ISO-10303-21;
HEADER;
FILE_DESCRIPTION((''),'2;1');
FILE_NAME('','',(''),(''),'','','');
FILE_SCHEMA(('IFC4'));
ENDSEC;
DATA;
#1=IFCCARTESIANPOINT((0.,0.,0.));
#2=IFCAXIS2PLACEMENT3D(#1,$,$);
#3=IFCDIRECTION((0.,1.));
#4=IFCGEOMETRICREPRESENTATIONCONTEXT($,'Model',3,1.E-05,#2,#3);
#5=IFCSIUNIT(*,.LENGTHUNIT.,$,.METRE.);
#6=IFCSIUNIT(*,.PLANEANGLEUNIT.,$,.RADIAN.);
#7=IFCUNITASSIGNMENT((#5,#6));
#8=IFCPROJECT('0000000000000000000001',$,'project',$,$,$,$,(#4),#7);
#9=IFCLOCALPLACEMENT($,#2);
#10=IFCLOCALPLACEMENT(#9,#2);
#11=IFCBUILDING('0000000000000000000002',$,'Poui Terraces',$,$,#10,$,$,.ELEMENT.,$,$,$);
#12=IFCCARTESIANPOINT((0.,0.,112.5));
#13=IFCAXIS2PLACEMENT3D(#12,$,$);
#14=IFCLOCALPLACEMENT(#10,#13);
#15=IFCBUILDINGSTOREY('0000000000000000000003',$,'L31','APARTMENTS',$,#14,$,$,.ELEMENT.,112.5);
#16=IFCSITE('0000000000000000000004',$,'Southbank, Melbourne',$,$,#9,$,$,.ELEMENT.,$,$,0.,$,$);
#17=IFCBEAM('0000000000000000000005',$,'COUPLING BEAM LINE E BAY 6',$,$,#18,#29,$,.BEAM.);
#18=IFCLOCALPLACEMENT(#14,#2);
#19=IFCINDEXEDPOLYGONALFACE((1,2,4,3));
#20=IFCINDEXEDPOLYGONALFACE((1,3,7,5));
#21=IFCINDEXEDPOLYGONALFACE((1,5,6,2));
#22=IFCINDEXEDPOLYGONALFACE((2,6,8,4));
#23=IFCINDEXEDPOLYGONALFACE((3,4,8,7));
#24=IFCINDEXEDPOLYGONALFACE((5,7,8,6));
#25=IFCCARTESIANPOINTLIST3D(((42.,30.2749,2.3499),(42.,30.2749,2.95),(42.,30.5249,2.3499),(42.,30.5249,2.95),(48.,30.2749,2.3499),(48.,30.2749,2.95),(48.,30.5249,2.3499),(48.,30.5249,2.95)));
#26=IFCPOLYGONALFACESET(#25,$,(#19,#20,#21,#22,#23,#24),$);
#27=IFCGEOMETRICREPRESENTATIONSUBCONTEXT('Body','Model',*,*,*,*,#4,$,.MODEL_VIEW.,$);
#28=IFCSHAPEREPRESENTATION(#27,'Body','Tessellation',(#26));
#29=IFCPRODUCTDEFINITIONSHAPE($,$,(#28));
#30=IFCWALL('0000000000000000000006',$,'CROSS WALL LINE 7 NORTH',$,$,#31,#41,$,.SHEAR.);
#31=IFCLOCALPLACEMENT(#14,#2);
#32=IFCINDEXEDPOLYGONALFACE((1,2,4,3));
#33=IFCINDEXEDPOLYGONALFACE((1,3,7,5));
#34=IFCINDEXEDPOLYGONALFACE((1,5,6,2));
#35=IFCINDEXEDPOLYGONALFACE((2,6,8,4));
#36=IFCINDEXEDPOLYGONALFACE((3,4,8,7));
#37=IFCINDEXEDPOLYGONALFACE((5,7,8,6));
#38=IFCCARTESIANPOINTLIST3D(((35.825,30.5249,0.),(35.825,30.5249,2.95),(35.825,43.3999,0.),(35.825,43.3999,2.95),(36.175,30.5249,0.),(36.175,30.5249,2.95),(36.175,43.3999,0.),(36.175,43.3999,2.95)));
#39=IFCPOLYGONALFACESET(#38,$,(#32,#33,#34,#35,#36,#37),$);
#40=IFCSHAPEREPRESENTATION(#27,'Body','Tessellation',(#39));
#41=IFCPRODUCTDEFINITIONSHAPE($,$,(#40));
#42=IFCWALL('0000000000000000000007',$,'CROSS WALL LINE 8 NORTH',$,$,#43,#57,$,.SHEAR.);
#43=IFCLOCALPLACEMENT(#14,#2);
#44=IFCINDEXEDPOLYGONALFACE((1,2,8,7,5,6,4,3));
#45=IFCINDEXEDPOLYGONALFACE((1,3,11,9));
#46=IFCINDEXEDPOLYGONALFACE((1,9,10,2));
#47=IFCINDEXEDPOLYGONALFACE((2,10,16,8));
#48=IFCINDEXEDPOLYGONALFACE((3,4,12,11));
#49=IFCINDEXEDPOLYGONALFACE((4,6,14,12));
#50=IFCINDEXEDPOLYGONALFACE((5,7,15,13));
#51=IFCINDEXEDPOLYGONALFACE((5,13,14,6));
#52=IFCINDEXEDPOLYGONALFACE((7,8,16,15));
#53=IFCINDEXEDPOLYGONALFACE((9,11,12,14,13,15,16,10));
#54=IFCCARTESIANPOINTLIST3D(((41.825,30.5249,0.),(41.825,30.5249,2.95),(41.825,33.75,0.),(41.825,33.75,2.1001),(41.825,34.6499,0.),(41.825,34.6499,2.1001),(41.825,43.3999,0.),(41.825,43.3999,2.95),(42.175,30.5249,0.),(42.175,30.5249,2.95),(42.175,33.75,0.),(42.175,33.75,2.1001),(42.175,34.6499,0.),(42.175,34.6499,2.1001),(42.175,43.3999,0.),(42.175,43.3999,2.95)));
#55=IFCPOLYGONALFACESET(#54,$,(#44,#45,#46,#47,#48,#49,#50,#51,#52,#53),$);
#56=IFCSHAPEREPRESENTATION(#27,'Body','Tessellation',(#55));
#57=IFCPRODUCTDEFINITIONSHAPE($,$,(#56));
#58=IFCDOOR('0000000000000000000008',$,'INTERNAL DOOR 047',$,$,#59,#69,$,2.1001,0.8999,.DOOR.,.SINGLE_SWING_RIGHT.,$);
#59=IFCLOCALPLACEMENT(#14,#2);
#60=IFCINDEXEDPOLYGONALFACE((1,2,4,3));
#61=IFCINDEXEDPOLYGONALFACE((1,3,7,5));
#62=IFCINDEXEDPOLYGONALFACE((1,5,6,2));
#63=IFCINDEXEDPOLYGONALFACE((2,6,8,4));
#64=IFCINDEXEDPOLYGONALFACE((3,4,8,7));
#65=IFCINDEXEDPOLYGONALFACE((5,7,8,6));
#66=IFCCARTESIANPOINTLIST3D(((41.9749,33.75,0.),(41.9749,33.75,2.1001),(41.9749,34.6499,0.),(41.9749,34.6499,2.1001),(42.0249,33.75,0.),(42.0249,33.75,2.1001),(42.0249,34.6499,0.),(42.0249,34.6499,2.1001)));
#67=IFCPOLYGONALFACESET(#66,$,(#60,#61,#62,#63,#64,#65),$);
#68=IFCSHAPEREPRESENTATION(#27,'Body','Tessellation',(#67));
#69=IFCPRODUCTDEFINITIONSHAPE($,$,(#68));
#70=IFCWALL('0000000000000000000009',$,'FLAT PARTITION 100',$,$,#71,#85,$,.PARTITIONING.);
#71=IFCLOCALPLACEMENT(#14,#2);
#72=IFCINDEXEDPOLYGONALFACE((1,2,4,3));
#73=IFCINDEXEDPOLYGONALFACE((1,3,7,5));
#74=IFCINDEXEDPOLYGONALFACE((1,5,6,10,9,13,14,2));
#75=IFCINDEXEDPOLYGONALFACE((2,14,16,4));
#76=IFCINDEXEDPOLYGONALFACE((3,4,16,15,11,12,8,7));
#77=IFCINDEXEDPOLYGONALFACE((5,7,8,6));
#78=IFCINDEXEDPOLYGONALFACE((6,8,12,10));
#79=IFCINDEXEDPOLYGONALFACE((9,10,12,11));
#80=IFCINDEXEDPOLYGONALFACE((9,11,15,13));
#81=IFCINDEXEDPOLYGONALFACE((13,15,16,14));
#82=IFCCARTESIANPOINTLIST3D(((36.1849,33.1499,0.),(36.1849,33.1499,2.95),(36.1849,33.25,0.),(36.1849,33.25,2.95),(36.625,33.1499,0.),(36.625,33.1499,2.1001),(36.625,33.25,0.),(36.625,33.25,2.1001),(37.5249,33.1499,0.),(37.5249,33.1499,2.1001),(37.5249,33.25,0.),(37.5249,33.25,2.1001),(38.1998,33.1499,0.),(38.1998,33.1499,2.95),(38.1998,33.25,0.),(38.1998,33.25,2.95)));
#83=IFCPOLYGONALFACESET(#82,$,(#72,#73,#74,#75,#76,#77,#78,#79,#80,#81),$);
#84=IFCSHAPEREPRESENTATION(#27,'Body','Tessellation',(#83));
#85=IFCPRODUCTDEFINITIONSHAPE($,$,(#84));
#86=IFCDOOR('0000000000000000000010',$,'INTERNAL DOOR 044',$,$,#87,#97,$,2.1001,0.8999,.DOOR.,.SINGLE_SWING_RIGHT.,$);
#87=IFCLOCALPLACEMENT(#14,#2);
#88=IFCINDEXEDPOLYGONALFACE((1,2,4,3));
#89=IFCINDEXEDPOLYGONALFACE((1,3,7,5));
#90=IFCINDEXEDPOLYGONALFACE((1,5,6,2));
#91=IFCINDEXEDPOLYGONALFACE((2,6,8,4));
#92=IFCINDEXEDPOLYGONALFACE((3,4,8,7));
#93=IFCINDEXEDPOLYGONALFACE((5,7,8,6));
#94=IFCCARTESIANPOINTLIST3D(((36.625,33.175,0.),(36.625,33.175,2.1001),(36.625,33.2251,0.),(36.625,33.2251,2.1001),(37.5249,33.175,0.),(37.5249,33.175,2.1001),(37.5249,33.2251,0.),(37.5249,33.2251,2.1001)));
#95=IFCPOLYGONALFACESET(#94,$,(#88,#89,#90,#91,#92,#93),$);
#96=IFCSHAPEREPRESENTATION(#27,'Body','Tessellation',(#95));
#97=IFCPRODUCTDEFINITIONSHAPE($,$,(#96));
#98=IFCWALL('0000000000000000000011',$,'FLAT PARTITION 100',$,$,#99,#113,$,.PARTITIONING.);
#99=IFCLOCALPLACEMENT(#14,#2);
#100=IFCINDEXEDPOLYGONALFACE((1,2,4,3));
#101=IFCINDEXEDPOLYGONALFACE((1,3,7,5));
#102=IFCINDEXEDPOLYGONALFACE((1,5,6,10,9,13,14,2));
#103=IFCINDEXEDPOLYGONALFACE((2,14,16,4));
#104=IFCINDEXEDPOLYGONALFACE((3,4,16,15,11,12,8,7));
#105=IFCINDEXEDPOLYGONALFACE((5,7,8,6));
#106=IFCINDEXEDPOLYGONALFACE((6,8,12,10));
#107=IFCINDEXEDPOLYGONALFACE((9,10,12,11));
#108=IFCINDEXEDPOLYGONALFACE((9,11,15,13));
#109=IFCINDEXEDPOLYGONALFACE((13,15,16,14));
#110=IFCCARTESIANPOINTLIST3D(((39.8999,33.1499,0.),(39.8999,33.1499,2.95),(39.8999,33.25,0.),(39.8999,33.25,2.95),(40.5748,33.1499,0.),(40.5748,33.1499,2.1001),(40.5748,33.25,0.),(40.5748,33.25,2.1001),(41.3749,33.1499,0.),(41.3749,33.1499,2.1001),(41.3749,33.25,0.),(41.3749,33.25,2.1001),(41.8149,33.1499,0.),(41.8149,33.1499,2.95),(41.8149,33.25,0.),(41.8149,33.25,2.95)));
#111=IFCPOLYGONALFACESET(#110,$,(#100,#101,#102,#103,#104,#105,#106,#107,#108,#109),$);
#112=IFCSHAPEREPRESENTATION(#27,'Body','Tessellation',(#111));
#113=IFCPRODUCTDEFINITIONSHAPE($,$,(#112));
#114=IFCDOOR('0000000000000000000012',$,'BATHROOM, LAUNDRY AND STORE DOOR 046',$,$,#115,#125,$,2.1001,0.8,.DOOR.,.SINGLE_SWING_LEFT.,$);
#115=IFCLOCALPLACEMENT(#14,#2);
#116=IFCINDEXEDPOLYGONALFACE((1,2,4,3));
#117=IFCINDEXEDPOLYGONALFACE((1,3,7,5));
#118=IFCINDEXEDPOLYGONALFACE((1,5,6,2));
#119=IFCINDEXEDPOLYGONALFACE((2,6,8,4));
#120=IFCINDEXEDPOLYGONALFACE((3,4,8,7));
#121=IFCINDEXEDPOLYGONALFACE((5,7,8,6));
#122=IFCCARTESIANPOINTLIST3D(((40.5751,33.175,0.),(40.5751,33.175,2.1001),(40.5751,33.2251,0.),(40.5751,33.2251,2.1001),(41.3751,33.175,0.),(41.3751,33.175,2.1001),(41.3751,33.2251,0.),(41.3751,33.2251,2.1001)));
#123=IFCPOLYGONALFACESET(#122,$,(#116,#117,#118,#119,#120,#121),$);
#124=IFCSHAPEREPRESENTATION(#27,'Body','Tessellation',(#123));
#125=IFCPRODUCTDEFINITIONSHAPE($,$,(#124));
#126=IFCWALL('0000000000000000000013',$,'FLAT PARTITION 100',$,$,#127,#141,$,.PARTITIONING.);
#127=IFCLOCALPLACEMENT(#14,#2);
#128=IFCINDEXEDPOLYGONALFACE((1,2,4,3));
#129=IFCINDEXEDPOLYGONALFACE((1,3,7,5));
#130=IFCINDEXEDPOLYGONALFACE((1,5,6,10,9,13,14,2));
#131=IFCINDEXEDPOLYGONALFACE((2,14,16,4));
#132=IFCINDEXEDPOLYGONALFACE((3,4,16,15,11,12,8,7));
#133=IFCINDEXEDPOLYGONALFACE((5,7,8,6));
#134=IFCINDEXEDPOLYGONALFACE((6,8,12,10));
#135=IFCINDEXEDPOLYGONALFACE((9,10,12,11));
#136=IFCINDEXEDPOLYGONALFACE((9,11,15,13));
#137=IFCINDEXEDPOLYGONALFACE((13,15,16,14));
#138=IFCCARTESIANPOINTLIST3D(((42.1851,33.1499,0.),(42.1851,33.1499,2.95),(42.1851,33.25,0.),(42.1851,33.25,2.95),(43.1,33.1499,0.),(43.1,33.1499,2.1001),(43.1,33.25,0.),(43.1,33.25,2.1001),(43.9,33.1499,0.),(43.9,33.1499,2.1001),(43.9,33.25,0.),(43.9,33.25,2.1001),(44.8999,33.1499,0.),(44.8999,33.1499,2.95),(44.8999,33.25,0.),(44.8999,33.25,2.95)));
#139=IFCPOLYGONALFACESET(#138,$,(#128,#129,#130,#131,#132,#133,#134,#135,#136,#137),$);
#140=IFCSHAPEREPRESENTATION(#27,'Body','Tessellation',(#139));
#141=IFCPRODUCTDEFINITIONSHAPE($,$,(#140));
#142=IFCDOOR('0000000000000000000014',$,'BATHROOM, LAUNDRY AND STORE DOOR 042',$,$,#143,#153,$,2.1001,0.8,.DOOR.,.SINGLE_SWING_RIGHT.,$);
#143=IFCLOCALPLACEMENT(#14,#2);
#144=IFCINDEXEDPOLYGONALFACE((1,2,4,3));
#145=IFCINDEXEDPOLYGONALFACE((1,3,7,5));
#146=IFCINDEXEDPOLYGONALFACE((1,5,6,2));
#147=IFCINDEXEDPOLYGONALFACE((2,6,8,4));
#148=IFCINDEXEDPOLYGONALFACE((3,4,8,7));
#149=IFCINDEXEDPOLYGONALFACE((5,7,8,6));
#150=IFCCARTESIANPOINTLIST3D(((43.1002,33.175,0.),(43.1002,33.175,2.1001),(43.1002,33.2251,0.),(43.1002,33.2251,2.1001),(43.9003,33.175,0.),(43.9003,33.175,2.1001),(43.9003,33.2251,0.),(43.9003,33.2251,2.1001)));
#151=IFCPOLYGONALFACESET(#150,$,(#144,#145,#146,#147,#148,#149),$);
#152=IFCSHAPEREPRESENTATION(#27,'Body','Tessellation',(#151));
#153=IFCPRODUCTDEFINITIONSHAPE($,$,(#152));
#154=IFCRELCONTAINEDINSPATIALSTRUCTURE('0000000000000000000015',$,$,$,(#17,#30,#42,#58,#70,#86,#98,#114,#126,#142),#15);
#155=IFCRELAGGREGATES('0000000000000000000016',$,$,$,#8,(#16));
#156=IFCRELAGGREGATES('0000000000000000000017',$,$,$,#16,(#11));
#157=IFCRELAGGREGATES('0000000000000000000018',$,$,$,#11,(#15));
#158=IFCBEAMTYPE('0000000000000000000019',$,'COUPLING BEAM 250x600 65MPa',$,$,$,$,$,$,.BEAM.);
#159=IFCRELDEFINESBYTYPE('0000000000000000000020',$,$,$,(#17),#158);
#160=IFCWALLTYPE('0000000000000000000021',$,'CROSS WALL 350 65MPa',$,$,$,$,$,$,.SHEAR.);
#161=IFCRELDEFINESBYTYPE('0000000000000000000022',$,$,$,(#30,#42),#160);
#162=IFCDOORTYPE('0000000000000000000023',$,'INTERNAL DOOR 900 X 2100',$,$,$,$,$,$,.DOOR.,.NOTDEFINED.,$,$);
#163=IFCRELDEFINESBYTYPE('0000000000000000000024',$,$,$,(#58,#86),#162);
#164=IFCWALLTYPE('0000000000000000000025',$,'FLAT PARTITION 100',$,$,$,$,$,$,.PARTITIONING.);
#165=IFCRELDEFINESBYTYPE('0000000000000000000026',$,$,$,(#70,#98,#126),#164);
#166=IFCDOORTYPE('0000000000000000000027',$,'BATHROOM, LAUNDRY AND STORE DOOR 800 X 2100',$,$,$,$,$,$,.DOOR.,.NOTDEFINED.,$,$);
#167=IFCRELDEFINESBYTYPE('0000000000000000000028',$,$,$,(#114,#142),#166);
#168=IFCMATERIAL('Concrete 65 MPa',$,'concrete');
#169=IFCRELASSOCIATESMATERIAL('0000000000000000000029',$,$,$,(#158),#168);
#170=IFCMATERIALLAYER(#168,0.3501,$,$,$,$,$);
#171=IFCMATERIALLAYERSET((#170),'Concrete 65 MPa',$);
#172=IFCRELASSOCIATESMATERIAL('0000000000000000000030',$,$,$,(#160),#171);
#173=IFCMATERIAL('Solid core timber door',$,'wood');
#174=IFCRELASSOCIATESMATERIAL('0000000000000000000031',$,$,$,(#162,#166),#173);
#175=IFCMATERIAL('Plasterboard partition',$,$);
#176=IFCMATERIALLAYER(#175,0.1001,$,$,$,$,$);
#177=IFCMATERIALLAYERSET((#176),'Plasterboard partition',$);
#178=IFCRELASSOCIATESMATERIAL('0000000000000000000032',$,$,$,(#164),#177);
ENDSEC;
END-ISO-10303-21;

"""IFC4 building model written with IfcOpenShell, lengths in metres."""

from ifc_helpers import new_model, si_unit, direction, frame, frame_2d, origin, origin_2d, place, context, subcontext, project, spatial, rectangle, extrude, source, transform, mapped, material, layer, layer_set, material_profile, profile_set, type_object, element, fill, save


model = new_model("IFC4")

# Units and contexts
model_context = context("Model", 3, precision=1e-05, world=origin(), true_north=direction((0.0, 1.0)))
body_context = subcontext(model_context, "Body", "Model", "MODEL_VIEW")
ifc_project = project(units=[si_unit("LENGTHUNIT", "METRE"), si_unit("PLANEANGLEUNIT", "RADIAN")], contexts=[model_context])

# Site, building, storey
site_placement = place(None, origin())
site = spatial("IfcSite", under=ifc_project, at=site_placement, Name="Southbank, Melbourne", CompositionType="ELEMENT", RefElevation=0.0)
building_placement = place(site_placement, origin())
building = spatial("IfcBuilding", under=site, at=building_placement, Name="Poui Terraces", CompositionType="ELEMENT")
storey_placement = place(building_placement, frame((0.0, 0.0, 112.5)))
storey = spatial("IfcBuildingStorey", under=building, at=storey_placement, Name="L31", Description="APARTMENTS", CompositionType="ELEMENT", Elevation=112.5)

# Beam
ifc_material_1 = material(Name="Concrete 65 MPa", Category="concrete")
ifc_material_profile_1 = material_profile(ifc_material_1, rectangle(XDim=0.25, YDim=0.6001, at=origin_2d()), Name="RC 250x600")
ifc_profile_set_1 = profile_set([ifc_material_profile_1], Name="Concrete 65 MPa")
beam_type = type_object("IfcBeamType", Name="COUPLING BEAM 250x600 65MPa", PredefinedType="BEAM", material=ifc_profile_set_1)
shared_shape_1 = source(origin(), body_context, "Body", "SweptSolid", [
    extrude(rectangle(XDim=0.25, YDim=0.6001, at=origin_2d()), origin(), (0.0, 0.0, 1.0), 6.0),
])
beam_placement = place(storey_placement, frame((42.0, 30.3999, 2.6499), z_axis=(1.0, 0.0, 0.0), x_axis=(0.0, 1.0, 0.0)))
element("IfcBeam", 1, at=beam_placement, inside=storey, type_object=beam_type, Name="COUPLING BEAM LINE E BAY 6", PredefinedType="BEAM", context=body_context, shape_type="MappedRepresentation", body=[
    mapped(shared_shape_1, transform((0.0, 0.0, 0.0))),
])

# Wall
ifc_layer_1 = layer(ifc_material_1, 0.3501)
ifc_layer_set_1 = layer_set([ifc_layer_1], Name="Concrete 65 MPa")
wall_type_1 = type_object("IfcWallType", Name="CROSS WALL 350 65MPa", PredefinedType="SHEAR", material=ifc_layer_set_1)
wall_1_placement = place(storey_placement, frame((36.0, 30.5249, 0.0), z_axis=(0.0, 0.0, 1.0), x_axis=(0.0, 1.0, 0.0)))
element("IfcWall", 2, at=wall_1_placement, inside=storey, type_object=wall_type_1, Name="CROSS WALL LINE 7 NORTH", PredefinedType="SHEAR", context=body_context, shape_type="SweptSolid", body=[
    extrude(rectangle(XDim=12.875, YDim=0.3501, at=frame_2d((6.4375, 0.0))), origin(), (0.0, 0.0, 1.0), 2.95),
])

# Walls, openings, doors
wall_2_placement = place(storey_placement, frame((42.0, 30.5249, 0.0), z_axis=(0.0, 0.0, 1.0), x_axis=(0.0, 1.0, 0.0)))
wall_2 = element("IfcWall", 3, at=wall_2_placement, inside=storey, type_object=wall_type_1, Name="CROSS WALL LINE 8 NORTH", PredefinedType="SHEAR", context=body_context, shape_type="SweptSolid", body=[
    extrude(rectangle(XDim=12.875, YDim=0.3501, at=frame_2d((6.4375, 0.0))), origin(), (0.0, 0.0, 1.0), 2.95),
])
opening_1_placement = place(wall_2_placement, frame((3.2251, 0.0, 0.0)))
opening_1 = element("IfcOpeningElement", 4, at=opening_1_placement, cuts=wall_2, PredefinedType="OPENING", context=body_context, shape_type="SweptSolid", body=[
    extrude(rectangle(XDim=0.8999, YDim=2.1001, at=frame_2d((0.45, 1.05))), frame((0.0, 0.1851, 0.0), z_axis=(0.0, -1.0, 0.0), x_axis=(1.0, 0.0, 0.0)), (0.0, 0.0, 1.0), 0.3701),
])
ifc_material_2 = material(Name="Solid core timber door", Category="wood")
door_type_1 = type_object("IfcDoorType", Name="INTERNAL DOOR 900 X 2100", OperationType="NOTDEFINED", PredefinedType="DOOR", material=ifc_material_2)
door_1_placement = place(opening_1_placement, frame((0.8999, 0.0, 0.0), z_axis=(0.0, 0.0, 1.0), x_axis=(-1.0, 0.0, 0.0)))
door_1 = element("IfcDoor", 5, at=door_1_placement, inside=storey, type_object=door_type_1, Name="INTERNAL DOOR 047", OperationType="SINGLE_SWING_RIGHT", OverallHeight=2.1001, OverallWidth=0.8999, PredefinedType="DOOR", context=body_context, shape_type="SweptSolid", body=[
    extrude(rectangle(XDim=0.8999, YDim=2.1001, at=frame_2d((0.45, 1.05))), frame((0.0, 0.0249, 0.0), z_axis=(0.0, -1.0, 0.0), x_axis=(1.0, 0.0, 0.0)), (0.0, 0.0, 1.0), 0.05),
])
fill(opening_1, door_1)
ifc_material_3 = material(Name="Plasterboard partition")
ifc_layer_2 = layer(ifc_material_3, 0.1001)
ifc_layer_set_2 = layer_set([ifc_layer_2], Name="Plasterboard partition")
wall_type_2 = type_object("IfcWallType", Name="FLAT PARTITION 100", PredefinedType="PARTITIONING", material=ifc_layer_set_2)
wall_3_placement = place(storey_placement, frame((36.1851, 33.2, 0.0), z_axis=(0.0, 0.0, 1.0), x_axis=(1.0, 0.0, 0.0)))
wall_3 = element("IfcWall", 6, at=wall_3_placement, inside=storey, type_object=wall_type_2, Name="FLAT PARTITION 100", PredefinedType="PARTITIONING", context=body_context, shape_type="SweptSolid", body=[
    extrude(rectangle(XDim=2.0149, YDim=0.1001, at=frame_2d((1.0073, 0.0))), origin(), (0.0, 0.0, 1.0), 2.95),
])
opening_2_placement = place(wall_3_placement, frame((0.4399, 0.0, 0.0)))
opening_2 = element("IfcOpeningElement", 7, at=opening_2_placement, cuts=wall_3, PredefinedType="OPENING", context=body_context, shape_type="SweptSolid", body=[
    extrude(rectangle(XDim=0.8999, YDim=2.1001, at=frame_2d((0.45, 1.05))), frame((0.0, 0.0601, 0.0), z_axis=(0.0, -1.0, 0.0), x_axis=(1.0, 0.0, 0.0)), (0.0, 0.0, 1.0), 0.1201),
])
door_2_placement = place(opening_2_placement, frame((0.8999, 0.0, 0.0), z_axis=(0.0, 0.0, 1.0), x_axis=(-1.0, 0.0, 0.0)))
door_2 = element("IfcDoor", 8, at=door_2_placement, inside=storey, type_object=door_type_1, Name="INTERNAL DOOR 044", OperationType="SINGLE_SWING_RIGHT", OverallHeight=2.1001, OverallWidth=0.8999, PredefinedType="DOOR", context=body_context, shape_type="SweptSolid", body=[
    extrude(rectangle(XDim=0.8999, YDim=2.1001, at=frame_2d((0.45, 1.05))), frame((0.0, 0.0249, 0.0), z_axis=(0.0, -1.0, 0.0), x_axis=(1.0, 0.0, 0.0)), (0.0, 0.0, 1.0), 0.05),
])
fill(opening_2, door_2)
wall_4_placement = place(storey_placement, frame((39.8999, 33.2, 0.0), z_axis=(0.0, 0.0, 1.0), x_axis=(1.0, 0.0, 0.0)))
wall_4 = element("IfcWall", 9, at=wall_4_placement, inside=storey, type_object=wall_type_2, Name="FLAT PARTITION 100", PredefinedType="PARTITIONING", context=body_context, shape_type="SweptSolid", body=[
    extrude(rectangle(XDim=1.915, YDim=0.1001, at=frame_2d((0.9575, 0.0))), origin(), (0.0, 0.0, 1.0), 2.95),
])
opening_3_placement = place(wall_4_placement, frame((0.675, 0.0, 0.0)))
opening_3 = element("IfcOpeningElement", 10, at=opening_3_placement, cuts=wall_4, PredefinedType="OPENING", context=body_context, shape_type="SweptSolid", body=[
    extrude(rectangle(XDim=0.8, YDim=2.1001, at=frame_2d((0.3999, 1.05))), frame((0.0, 0.0601, 0.0), z_axis=(0.0, -1.0, 0.0), x_axis=(1.0, 0.0, 0.0)), (0.0, 0.0, 1.0), 0.1201),
])
door_type_2 = type_object("IfcDoorType", Name="BATHROOM, LAUNDRY AND STORE DOOR 800 X 2100", OperationType="NOTDEFINED", PredefinedType="DOOR", material=ifc_material_2)
door_3_placement = place(opening_3_placement, frame((0.8, 0.0, 0.0), z_axis=(0.0, 0.0, 1.0), x_axis=(-1.0, 0.0, 0.0)))
door_3 = element("IfcDoor", 11, at=door_3_placement, inside=storey, type_object=door_type_2, Name="BATHROOM, LAUNDRY AND STORE DOOR 046", OperationType="SINGLE_SWING_LEFT", OverallHeight=2.1001, OverallWidth=0.8, PredefinedType="DOOR", context=body_context, shape_type="SweptSolid", body=[
    extrude(rectangle(XDim=0.8, YDim=2.1001, at=frame_2d((0.3999, 1.05))), frame((0.0, 0.0249, 0.0), z_axis=(0.0, -1.0, 0.0), x_axis=(1.0, 0.0, 0.0)), (0.0, 0.0, 1.0), 0.05),
])
fill(opening_3, door_3)
wall_5_placement = place(storey_placement, frame((42.1851, 33.2, 0.0), z_axis=(0.0, 0.0, 1.0), x_axis=(1.0, 0.0, 0.0)))
wall_5 = element("IfcWall", 12, at=wall_5_placement, inside=storey, type_object=wall_type_2, Name="FLAT PARTITION 100", PredefinedType="PARTITIONING", context=body_context, shape_type="SweptSolid", body=[
    extrude(rectangle(XDim=2.7148, YDim=0.1001, at=frame_2d((1.3574, 0.0))), origin(), (0.0, 0.0, 1.0), 2.95),
])
opening_4_placement = place(wall_5_placement, frame((0.915, 0.0, 0.0)))
opening_4 = element("IfcOpeningElement", 13, at=opening_4_placement, cuts=wall_5, PredefinedType="OPENING", context=body_context, shape_type="SweptSolid", body=[
    extrude(rectangle(XDim=0.8, YDim=2.1001, at=frame_2d((0.3999, 1.05))), frame((0.0, 0.0601, 0.0), z_axis=(0.0, -1.0, 0.0), x_axis=(1.0, 0.0, 0.0)), (0.0, 0.0, 1.0), 0.1201),
])
door_4_placement = place(opening_4_placement, frame((0.8, 0.0, 0.0), z_axis=(0.0, 0.0, 1.0), x_axis=(-1.0, 0.0, 0.0)))
door_4 = element("IfcDoor", 14, at=door_4_placement, inside=storey, type_object=door_type_2, Name="BATHROOM, LAUNDRY AND STORE DOOR 042", OperationType="SINGLE_SWING_RIGHT", OverallHeight=2.1001, OverallWidth=0.8, PredefinedType="DOOR", context=body_context, shape_type="SweptSolid", body=[
    extrude(rectangle(XDim=0.8, YDim=2.1001, at=frame_2d((0.3999, 1.05))), frame((0.0, 0.0249, 0.0), z_axis=(0.0, -1.0, 0.0), x_axis=(1.0, 0.0, 0.0)), (0.0, 0.0, 1.0), 0.05),
])
fill(opening_4, door_4)

save(model, "model.ifc")
